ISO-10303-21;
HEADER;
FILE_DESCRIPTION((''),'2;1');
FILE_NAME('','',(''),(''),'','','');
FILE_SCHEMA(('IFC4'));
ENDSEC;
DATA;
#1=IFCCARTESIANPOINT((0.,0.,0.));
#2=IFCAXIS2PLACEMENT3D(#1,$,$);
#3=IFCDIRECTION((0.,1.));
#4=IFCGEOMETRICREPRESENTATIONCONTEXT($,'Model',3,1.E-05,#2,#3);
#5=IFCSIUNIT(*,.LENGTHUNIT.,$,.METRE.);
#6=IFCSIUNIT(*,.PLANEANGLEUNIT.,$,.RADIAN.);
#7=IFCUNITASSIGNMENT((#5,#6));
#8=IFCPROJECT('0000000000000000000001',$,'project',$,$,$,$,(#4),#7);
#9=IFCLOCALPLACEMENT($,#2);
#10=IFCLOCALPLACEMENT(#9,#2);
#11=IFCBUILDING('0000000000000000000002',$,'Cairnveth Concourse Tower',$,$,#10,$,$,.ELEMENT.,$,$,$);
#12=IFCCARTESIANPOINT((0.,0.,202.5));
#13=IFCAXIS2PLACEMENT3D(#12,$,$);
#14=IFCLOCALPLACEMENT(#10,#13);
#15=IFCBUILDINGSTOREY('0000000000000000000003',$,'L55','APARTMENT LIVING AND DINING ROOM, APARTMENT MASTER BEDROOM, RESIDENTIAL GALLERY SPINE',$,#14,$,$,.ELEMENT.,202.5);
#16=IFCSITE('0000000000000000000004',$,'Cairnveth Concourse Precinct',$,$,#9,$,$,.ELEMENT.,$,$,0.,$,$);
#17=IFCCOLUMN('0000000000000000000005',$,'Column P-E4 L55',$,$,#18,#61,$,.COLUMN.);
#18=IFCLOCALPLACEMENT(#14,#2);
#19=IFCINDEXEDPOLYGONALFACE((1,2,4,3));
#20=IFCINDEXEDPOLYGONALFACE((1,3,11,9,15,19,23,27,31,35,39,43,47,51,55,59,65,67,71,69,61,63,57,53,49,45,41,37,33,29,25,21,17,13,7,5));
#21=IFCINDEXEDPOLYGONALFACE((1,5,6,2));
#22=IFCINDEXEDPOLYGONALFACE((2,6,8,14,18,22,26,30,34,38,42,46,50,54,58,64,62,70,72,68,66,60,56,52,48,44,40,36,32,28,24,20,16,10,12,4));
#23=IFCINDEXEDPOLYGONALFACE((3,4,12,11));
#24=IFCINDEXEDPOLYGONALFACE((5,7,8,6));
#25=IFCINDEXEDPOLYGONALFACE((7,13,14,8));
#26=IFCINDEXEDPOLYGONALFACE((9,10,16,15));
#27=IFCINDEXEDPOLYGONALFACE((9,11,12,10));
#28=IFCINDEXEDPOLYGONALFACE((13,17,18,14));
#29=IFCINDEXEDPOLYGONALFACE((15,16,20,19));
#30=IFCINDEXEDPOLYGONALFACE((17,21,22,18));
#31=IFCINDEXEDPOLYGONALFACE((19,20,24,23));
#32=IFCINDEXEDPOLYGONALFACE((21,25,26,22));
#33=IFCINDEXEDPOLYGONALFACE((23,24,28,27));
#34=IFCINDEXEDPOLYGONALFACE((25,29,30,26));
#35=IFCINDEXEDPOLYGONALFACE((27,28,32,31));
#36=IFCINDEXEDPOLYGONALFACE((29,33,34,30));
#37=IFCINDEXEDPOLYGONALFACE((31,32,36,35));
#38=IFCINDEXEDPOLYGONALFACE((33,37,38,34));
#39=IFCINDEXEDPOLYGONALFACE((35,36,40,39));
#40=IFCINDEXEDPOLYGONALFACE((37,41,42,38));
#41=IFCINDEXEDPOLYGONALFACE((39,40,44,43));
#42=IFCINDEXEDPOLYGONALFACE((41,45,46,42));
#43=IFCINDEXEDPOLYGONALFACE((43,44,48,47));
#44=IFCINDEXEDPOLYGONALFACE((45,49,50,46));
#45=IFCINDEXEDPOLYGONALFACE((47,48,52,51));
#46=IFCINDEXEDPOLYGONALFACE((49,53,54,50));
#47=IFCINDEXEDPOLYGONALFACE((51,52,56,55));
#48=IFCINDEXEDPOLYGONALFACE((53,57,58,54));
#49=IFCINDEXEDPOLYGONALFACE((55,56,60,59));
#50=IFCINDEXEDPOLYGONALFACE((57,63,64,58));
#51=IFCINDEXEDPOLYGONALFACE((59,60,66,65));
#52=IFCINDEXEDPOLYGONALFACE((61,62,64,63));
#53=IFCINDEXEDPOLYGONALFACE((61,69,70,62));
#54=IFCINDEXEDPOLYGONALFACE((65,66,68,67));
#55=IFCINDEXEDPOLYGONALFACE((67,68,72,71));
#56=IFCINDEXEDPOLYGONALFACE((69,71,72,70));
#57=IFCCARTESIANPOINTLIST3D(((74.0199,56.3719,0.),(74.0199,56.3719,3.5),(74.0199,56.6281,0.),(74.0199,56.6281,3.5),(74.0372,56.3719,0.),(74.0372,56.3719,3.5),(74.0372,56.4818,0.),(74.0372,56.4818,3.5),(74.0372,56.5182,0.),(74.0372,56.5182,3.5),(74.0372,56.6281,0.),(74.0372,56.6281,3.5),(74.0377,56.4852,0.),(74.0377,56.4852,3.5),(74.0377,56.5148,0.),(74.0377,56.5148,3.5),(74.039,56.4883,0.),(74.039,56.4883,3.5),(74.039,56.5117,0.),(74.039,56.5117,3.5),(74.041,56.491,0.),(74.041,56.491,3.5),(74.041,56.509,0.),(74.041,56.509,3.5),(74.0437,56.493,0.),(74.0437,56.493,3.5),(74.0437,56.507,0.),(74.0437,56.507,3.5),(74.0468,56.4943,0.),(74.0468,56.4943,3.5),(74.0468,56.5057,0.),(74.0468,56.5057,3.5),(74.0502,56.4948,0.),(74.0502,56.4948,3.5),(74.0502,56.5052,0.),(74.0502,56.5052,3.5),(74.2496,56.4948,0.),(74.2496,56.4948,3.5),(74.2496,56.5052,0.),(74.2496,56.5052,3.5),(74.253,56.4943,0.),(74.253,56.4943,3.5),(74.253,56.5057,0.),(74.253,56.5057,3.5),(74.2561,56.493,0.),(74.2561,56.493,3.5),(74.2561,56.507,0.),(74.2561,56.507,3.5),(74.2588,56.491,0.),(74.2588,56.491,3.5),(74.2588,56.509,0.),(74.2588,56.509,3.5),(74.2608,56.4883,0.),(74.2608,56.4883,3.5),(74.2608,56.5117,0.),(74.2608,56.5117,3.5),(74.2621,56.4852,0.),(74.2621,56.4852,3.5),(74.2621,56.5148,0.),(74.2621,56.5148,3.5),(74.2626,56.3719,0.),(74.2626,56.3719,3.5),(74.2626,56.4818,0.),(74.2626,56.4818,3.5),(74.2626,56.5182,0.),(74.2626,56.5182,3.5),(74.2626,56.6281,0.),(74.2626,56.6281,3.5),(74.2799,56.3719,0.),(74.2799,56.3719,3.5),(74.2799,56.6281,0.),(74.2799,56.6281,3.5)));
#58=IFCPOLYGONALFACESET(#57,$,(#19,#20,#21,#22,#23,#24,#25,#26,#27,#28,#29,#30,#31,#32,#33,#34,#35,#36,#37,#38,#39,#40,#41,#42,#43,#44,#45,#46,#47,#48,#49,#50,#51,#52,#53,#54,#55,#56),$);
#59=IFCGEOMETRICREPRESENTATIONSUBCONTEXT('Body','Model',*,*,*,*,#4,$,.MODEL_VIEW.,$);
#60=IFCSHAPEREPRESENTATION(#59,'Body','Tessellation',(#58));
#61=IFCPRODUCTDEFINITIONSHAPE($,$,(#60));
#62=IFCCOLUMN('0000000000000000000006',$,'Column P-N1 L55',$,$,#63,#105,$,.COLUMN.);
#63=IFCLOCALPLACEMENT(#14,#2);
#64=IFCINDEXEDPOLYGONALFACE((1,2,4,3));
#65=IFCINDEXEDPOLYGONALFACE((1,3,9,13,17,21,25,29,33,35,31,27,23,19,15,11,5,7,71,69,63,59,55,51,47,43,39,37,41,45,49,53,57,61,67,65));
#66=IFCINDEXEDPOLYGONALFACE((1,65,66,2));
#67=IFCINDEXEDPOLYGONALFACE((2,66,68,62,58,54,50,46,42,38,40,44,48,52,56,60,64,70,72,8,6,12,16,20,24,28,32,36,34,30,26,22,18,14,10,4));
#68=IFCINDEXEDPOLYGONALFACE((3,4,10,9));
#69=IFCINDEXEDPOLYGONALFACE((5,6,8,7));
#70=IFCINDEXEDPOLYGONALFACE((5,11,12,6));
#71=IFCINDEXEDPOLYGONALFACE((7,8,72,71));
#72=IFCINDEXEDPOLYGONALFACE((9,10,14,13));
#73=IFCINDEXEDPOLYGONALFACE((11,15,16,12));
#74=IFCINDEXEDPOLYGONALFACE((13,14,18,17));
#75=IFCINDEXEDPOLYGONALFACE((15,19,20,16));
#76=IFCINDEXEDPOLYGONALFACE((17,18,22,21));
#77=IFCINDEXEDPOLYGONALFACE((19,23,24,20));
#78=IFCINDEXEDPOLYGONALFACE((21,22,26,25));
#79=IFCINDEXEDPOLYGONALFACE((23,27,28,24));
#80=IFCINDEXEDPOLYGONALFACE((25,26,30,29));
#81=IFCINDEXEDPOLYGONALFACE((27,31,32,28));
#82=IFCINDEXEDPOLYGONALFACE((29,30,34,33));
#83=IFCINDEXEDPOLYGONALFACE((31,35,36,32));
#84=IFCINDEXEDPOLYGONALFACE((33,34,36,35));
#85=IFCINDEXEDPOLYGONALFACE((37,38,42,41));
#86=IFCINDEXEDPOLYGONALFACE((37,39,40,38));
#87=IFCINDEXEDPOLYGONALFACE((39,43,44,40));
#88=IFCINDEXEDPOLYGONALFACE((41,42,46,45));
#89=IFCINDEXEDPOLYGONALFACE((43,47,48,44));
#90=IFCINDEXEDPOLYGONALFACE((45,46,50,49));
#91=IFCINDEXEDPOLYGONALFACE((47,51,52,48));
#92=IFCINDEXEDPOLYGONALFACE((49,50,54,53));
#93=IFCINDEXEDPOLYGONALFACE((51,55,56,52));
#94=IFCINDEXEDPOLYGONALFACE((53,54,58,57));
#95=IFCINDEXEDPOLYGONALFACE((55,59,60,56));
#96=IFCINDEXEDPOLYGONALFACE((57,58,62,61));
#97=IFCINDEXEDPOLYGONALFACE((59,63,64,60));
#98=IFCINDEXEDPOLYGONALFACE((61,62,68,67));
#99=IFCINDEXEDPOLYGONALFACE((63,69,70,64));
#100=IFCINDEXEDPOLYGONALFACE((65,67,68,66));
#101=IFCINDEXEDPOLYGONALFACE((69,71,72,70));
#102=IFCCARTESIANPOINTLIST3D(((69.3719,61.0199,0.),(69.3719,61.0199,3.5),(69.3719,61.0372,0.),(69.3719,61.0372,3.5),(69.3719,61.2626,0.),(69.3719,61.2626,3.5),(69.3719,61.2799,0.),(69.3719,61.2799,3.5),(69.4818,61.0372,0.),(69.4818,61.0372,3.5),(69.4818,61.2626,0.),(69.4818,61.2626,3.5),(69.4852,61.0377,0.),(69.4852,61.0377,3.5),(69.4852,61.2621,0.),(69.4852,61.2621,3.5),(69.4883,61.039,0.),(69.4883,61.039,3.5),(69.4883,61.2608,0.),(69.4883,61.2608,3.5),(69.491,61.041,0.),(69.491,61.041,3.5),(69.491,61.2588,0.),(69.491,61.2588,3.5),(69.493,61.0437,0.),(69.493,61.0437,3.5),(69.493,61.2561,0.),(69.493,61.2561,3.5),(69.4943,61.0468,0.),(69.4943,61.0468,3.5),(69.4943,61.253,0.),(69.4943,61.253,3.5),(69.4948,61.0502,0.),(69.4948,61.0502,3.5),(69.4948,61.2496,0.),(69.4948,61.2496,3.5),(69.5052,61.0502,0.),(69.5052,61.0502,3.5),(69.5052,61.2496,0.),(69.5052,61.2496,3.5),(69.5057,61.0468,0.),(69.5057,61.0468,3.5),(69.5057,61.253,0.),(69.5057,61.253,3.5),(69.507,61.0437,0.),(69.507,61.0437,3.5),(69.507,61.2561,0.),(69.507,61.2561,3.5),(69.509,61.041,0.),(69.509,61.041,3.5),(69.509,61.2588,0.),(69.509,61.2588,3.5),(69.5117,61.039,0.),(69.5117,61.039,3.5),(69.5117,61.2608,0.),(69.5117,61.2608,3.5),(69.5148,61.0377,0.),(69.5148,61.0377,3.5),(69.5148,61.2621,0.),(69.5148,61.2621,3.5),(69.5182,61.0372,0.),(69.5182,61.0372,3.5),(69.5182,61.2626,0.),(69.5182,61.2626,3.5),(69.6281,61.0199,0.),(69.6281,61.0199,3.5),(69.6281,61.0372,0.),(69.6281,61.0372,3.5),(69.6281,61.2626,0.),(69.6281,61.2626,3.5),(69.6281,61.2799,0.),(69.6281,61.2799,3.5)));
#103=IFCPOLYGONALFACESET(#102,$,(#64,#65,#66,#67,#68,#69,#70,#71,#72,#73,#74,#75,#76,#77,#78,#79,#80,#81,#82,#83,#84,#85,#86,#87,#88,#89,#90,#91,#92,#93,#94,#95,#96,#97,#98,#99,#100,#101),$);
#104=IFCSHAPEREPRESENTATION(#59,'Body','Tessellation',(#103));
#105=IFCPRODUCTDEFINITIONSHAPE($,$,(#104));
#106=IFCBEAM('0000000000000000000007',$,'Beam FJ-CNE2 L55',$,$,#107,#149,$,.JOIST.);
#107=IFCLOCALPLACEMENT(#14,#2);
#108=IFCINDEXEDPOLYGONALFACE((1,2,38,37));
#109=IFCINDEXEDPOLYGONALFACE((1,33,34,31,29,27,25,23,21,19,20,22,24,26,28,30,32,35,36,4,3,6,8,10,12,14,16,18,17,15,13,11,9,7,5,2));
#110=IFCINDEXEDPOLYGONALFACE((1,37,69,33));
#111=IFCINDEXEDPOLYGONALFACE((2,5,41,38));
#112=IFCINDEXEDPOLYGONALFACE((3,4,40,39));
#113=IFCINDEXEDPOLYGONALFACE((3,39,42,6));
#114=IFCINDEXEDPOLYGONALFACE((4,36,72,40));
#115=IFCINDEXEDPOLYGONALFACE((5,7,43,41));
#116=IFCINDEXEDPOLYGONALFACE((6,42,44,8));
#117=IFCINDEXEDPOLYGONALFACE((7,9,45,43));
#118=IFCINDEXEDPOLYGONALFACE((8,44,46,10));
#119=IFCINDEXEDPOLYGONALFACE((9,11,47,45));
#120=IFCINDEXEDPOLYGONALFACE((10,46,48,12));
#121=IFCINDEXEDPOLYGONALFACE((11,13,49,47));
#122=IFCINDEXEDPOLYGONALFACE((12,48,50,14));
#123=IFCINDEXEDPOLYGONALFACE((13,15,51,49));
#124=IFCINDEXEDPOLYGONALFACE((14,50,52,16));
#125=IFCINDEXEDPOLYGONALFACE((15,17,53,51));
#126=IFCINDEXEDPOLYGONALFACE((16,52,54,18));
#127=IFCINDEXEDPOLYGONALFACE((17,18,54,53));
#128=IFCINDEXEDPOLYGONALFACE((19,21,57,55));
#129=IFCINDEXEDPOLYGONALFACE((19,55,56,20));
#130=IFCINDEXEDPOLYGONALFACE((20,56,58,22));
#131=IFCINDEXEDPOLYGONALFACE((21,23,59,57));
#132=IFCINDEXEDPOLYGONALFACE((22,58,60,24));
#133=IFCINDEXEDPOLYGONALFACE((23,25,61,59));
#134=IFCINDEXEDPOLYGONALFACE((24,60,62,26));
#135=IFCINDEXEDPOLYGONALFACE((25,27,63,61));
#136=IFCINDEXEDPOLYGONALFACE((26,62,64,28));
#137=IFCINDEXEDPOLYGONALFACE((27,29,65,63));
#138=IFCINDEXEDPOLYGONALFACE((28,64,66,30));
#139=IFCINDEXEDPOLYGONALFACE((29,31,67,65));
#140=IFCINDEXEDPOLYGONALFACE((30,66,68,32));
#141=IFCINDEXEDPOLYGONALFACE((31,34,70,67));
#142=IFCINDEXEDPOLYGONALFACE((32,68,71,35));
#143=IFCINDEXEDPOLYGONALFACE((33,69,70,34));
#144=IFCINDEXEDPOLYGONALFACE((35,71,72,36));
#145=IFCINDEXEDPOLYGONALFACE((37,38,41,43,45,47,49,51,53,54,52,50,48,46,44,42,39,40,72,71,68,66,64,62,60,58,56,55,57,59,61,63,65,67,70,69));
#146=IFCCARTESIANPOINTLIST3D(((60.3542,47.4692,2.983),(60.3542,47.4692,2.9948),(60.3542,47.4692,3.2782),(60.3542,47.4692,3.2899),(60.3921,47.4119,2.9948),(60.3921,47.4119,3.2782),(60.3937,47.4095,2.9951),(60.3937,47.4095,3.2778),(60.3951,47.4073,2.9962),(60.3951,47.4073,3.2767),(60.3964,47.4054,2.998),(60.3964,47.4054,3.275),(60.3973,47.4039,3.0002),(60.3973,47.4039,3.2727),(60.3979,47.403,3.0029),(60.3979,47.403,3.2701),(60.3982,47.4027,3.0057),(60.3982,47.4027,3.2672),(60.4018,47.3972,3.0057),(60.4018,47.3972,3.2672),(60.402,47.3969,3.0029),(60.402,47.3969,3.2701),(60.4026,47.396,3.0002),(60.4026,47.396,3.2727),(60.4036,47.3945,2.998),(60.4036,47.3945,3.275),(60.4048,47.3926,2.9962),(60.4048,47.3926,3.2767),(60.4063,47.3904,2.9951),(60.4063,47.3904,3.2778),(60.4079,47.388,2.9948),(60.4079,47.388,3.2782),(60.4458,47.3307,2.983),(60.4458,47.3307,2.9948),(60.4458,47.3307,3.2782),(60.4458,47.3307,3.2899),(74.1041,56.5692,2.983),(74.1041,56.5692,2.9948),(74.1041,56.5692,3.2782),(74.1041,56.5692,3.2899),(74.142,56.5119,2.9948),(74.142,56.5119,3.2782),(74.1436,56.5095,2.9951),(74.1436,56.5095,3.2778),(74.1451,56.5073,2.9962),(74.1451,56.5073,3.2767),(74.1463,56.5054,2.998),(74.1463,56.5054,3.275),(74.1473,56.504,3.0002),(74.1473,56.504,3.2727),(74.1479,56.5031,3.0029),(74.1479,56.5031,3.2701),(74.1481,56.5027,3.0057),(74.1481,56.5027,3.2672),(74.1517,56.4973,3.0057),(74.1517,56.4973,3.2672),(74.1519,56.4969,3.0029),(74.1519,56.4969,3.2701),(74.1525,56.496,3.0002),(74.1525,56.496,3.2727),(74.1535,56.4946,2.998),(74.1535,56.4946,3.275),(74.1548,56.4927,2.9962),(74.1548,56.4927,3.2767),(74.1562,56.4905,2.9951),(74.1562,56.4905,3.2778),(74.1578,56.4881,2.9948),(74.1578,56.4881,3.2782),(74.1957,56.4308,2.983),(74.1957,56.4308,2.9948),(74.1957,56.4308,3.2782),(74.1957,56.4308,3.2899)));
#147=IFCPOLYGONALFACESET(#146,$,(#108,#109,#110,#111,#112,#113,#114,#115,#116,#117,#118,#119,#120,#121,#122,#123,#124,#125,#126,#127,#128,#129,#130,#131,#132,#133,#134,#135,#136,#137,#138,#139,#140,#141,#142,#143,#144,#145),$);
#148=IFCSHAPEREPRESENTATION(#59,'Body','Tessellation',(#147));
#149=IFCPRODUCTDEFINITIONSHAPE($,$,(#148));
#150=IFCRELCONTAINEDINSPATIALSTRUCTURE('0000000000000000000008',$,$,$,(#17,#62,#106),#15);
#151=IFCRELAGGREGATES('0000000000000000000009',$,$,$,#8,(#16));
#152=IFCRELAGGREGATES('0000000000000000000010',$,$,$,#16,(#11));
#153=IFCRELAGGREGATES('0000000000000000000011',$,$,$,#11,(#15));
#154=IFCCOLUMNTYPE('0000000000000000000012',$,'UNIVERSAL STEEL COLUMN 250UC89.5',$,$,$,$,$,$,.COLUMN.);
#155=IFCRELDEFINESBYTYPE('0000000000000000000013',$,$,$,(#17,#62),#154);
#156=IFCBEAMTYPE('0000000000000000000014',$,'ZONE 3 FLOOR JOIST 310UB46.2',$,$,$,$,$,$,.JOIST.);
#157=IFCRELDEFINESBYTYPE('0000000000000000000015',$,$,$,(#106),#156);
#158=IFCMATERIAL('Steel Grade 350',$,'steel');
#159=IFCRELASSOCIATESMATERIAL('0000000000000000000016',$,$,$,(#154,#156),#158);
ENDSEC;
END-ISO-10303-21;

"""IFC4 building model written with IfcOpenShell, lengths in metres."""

from ifc_helpers import new_model, si_unit, direction, frame, origin, origin_2d, place, context, subcontext, project, spatial, i_section, extrude, material, material_profile, profile_set, type_object, element, save


model = new_model("IFC4")

# Units and contexts
model_context = context("Model", 3, precision=1e-05, world=origin(), true_north=direction((0.0, 1.0)))
body_context = subcontext(model_context, "Body", "Model", "MODEL_VIEW")
ifc_project = project(units=[si_unit("LENGTHUNIT", "METRE"), si_unit("PLANEANGLEUNIT", "RADIAN")], contexts=[model_context])

# Site, building, storey
site_placement = place(None, origin())
site = spatial("IfcSite", under=ifc_project, at=site_placement, Name="Cairnveth Concourse Precinct", CompositionType="ELEMENT", RefElevation=0.0)
building_placement = place(site_placement, origin())
building = spatial("IfcBuilding", under=site, at=building_placement, Name="Cairnveth Concourse Tower", CompositionType="ELEMENT")
storey_placement = place(building_placement, frame((0.0, 0.0, 202.5)))
storey = spatial("IfcBuildingStorey", under=building, at=storey_placement, Name="L55", Description="APARTMENT LIVING AND DINING ROOM, APARTMENT MASTER BEDROOM, RESIDENTIAL GALLERY SPINE", CompositionType="ELEMENT", Elevation=202.5)

# Columns
ifc_material_1 = material(Name="Steel Grade 350", Category="steel")
ifc_material_profile_1 = material_profile(ifc_material_1, i_section(OverallWidth=0.2561, OverallDepth=0.26, WebThickness=0.0105, FlangeThickness=0.0173, FilletRadius=0.0129, at=origin_2d()), Name="250UC89.5")
ifc_profile_set_1 = profile_set([ifc_material_profile_1], Name="Steel Grade 350")
column_type = type_object("IfcColumnType", Name="UNIVERSAL STEEL COLUMN 250UC89.5", PredefinedType="COLUMN", material=ifc_profile_set_1)
for number, where, z_axis, x_axis, name in (
    (1, (74.1499, 56.5, 0.0), (0.0, 0.0, 1.0), (0.0, 1.0, 0.0), "Column P-E4 L55"),
    (2, (69.5, 61.1499, 0.0), (0.0, 0.0, 1.0), (1.0, 0.0, 0.0), "Column P-N1 L55"),
):
    element("IfcColumn", number, at=place(storey_placement, frame(where, z_axis=z_axis, x_axis=x_axis)), inside=storey, type_object=column_type, Name=name, PredefinedType="COLUMN", context=body_context, shape_type="SweptSolid", body=[
        extrude(i_section(OverallWidth=0.2561, OverallDepth=0.26, WebThickness=0.0105, FlangeThickness=0.0173, FilletRadius=0.0129, at=origin_2d()), origin(), (0.0, 0.0, 1.0), 3.5),
    ])

# Beam
ifc_material_profile_2 = material_profile(ifc_material_1, i_section(OverallWidth=0.166, OverallDepth=0.3069, WebThickness=0.0066, FlangeThickness=0.0117, FilletRadius=0.011, at=origin_2d()), Name="310UB46.2")
ifc_profile_set_2 = profile_set([ifc_material_profile_2], Name="Steel Grade 350")
beam_type_1 = type_object("IfcBeamType", Name="ZONE 3 FLOOR JOIST 310UB46.2", PredefinedType="JOIST", material=ifc_profile_set_2)
beam_1_placement = place(storey_placement, frame((74.1499, 56.5, 3.1365), z_axis=(-0.833909, -0.551902, 0.0), x_axis=(0.551902, -0.833909, 0.0)))
element("IfcBeam", 3, at=beam_1_placement, inside=storey, type_object=beam_type_1, Name="Beam FJ-CNE2 L55", PredefinedType="JOIST", context=body_context, shape_type="SweptSolid", body=[
    extrude(i_section(OverallWidth=0.166, OverallDepth=0.3069, WebThickness=0.0066, FlangeThickness=0.0117, FilletRadius=0.011, at=origin_2d()), origin(), (0.0, 0.0, 1.0), 16.4885),
])

save(model, "model.ifc")
